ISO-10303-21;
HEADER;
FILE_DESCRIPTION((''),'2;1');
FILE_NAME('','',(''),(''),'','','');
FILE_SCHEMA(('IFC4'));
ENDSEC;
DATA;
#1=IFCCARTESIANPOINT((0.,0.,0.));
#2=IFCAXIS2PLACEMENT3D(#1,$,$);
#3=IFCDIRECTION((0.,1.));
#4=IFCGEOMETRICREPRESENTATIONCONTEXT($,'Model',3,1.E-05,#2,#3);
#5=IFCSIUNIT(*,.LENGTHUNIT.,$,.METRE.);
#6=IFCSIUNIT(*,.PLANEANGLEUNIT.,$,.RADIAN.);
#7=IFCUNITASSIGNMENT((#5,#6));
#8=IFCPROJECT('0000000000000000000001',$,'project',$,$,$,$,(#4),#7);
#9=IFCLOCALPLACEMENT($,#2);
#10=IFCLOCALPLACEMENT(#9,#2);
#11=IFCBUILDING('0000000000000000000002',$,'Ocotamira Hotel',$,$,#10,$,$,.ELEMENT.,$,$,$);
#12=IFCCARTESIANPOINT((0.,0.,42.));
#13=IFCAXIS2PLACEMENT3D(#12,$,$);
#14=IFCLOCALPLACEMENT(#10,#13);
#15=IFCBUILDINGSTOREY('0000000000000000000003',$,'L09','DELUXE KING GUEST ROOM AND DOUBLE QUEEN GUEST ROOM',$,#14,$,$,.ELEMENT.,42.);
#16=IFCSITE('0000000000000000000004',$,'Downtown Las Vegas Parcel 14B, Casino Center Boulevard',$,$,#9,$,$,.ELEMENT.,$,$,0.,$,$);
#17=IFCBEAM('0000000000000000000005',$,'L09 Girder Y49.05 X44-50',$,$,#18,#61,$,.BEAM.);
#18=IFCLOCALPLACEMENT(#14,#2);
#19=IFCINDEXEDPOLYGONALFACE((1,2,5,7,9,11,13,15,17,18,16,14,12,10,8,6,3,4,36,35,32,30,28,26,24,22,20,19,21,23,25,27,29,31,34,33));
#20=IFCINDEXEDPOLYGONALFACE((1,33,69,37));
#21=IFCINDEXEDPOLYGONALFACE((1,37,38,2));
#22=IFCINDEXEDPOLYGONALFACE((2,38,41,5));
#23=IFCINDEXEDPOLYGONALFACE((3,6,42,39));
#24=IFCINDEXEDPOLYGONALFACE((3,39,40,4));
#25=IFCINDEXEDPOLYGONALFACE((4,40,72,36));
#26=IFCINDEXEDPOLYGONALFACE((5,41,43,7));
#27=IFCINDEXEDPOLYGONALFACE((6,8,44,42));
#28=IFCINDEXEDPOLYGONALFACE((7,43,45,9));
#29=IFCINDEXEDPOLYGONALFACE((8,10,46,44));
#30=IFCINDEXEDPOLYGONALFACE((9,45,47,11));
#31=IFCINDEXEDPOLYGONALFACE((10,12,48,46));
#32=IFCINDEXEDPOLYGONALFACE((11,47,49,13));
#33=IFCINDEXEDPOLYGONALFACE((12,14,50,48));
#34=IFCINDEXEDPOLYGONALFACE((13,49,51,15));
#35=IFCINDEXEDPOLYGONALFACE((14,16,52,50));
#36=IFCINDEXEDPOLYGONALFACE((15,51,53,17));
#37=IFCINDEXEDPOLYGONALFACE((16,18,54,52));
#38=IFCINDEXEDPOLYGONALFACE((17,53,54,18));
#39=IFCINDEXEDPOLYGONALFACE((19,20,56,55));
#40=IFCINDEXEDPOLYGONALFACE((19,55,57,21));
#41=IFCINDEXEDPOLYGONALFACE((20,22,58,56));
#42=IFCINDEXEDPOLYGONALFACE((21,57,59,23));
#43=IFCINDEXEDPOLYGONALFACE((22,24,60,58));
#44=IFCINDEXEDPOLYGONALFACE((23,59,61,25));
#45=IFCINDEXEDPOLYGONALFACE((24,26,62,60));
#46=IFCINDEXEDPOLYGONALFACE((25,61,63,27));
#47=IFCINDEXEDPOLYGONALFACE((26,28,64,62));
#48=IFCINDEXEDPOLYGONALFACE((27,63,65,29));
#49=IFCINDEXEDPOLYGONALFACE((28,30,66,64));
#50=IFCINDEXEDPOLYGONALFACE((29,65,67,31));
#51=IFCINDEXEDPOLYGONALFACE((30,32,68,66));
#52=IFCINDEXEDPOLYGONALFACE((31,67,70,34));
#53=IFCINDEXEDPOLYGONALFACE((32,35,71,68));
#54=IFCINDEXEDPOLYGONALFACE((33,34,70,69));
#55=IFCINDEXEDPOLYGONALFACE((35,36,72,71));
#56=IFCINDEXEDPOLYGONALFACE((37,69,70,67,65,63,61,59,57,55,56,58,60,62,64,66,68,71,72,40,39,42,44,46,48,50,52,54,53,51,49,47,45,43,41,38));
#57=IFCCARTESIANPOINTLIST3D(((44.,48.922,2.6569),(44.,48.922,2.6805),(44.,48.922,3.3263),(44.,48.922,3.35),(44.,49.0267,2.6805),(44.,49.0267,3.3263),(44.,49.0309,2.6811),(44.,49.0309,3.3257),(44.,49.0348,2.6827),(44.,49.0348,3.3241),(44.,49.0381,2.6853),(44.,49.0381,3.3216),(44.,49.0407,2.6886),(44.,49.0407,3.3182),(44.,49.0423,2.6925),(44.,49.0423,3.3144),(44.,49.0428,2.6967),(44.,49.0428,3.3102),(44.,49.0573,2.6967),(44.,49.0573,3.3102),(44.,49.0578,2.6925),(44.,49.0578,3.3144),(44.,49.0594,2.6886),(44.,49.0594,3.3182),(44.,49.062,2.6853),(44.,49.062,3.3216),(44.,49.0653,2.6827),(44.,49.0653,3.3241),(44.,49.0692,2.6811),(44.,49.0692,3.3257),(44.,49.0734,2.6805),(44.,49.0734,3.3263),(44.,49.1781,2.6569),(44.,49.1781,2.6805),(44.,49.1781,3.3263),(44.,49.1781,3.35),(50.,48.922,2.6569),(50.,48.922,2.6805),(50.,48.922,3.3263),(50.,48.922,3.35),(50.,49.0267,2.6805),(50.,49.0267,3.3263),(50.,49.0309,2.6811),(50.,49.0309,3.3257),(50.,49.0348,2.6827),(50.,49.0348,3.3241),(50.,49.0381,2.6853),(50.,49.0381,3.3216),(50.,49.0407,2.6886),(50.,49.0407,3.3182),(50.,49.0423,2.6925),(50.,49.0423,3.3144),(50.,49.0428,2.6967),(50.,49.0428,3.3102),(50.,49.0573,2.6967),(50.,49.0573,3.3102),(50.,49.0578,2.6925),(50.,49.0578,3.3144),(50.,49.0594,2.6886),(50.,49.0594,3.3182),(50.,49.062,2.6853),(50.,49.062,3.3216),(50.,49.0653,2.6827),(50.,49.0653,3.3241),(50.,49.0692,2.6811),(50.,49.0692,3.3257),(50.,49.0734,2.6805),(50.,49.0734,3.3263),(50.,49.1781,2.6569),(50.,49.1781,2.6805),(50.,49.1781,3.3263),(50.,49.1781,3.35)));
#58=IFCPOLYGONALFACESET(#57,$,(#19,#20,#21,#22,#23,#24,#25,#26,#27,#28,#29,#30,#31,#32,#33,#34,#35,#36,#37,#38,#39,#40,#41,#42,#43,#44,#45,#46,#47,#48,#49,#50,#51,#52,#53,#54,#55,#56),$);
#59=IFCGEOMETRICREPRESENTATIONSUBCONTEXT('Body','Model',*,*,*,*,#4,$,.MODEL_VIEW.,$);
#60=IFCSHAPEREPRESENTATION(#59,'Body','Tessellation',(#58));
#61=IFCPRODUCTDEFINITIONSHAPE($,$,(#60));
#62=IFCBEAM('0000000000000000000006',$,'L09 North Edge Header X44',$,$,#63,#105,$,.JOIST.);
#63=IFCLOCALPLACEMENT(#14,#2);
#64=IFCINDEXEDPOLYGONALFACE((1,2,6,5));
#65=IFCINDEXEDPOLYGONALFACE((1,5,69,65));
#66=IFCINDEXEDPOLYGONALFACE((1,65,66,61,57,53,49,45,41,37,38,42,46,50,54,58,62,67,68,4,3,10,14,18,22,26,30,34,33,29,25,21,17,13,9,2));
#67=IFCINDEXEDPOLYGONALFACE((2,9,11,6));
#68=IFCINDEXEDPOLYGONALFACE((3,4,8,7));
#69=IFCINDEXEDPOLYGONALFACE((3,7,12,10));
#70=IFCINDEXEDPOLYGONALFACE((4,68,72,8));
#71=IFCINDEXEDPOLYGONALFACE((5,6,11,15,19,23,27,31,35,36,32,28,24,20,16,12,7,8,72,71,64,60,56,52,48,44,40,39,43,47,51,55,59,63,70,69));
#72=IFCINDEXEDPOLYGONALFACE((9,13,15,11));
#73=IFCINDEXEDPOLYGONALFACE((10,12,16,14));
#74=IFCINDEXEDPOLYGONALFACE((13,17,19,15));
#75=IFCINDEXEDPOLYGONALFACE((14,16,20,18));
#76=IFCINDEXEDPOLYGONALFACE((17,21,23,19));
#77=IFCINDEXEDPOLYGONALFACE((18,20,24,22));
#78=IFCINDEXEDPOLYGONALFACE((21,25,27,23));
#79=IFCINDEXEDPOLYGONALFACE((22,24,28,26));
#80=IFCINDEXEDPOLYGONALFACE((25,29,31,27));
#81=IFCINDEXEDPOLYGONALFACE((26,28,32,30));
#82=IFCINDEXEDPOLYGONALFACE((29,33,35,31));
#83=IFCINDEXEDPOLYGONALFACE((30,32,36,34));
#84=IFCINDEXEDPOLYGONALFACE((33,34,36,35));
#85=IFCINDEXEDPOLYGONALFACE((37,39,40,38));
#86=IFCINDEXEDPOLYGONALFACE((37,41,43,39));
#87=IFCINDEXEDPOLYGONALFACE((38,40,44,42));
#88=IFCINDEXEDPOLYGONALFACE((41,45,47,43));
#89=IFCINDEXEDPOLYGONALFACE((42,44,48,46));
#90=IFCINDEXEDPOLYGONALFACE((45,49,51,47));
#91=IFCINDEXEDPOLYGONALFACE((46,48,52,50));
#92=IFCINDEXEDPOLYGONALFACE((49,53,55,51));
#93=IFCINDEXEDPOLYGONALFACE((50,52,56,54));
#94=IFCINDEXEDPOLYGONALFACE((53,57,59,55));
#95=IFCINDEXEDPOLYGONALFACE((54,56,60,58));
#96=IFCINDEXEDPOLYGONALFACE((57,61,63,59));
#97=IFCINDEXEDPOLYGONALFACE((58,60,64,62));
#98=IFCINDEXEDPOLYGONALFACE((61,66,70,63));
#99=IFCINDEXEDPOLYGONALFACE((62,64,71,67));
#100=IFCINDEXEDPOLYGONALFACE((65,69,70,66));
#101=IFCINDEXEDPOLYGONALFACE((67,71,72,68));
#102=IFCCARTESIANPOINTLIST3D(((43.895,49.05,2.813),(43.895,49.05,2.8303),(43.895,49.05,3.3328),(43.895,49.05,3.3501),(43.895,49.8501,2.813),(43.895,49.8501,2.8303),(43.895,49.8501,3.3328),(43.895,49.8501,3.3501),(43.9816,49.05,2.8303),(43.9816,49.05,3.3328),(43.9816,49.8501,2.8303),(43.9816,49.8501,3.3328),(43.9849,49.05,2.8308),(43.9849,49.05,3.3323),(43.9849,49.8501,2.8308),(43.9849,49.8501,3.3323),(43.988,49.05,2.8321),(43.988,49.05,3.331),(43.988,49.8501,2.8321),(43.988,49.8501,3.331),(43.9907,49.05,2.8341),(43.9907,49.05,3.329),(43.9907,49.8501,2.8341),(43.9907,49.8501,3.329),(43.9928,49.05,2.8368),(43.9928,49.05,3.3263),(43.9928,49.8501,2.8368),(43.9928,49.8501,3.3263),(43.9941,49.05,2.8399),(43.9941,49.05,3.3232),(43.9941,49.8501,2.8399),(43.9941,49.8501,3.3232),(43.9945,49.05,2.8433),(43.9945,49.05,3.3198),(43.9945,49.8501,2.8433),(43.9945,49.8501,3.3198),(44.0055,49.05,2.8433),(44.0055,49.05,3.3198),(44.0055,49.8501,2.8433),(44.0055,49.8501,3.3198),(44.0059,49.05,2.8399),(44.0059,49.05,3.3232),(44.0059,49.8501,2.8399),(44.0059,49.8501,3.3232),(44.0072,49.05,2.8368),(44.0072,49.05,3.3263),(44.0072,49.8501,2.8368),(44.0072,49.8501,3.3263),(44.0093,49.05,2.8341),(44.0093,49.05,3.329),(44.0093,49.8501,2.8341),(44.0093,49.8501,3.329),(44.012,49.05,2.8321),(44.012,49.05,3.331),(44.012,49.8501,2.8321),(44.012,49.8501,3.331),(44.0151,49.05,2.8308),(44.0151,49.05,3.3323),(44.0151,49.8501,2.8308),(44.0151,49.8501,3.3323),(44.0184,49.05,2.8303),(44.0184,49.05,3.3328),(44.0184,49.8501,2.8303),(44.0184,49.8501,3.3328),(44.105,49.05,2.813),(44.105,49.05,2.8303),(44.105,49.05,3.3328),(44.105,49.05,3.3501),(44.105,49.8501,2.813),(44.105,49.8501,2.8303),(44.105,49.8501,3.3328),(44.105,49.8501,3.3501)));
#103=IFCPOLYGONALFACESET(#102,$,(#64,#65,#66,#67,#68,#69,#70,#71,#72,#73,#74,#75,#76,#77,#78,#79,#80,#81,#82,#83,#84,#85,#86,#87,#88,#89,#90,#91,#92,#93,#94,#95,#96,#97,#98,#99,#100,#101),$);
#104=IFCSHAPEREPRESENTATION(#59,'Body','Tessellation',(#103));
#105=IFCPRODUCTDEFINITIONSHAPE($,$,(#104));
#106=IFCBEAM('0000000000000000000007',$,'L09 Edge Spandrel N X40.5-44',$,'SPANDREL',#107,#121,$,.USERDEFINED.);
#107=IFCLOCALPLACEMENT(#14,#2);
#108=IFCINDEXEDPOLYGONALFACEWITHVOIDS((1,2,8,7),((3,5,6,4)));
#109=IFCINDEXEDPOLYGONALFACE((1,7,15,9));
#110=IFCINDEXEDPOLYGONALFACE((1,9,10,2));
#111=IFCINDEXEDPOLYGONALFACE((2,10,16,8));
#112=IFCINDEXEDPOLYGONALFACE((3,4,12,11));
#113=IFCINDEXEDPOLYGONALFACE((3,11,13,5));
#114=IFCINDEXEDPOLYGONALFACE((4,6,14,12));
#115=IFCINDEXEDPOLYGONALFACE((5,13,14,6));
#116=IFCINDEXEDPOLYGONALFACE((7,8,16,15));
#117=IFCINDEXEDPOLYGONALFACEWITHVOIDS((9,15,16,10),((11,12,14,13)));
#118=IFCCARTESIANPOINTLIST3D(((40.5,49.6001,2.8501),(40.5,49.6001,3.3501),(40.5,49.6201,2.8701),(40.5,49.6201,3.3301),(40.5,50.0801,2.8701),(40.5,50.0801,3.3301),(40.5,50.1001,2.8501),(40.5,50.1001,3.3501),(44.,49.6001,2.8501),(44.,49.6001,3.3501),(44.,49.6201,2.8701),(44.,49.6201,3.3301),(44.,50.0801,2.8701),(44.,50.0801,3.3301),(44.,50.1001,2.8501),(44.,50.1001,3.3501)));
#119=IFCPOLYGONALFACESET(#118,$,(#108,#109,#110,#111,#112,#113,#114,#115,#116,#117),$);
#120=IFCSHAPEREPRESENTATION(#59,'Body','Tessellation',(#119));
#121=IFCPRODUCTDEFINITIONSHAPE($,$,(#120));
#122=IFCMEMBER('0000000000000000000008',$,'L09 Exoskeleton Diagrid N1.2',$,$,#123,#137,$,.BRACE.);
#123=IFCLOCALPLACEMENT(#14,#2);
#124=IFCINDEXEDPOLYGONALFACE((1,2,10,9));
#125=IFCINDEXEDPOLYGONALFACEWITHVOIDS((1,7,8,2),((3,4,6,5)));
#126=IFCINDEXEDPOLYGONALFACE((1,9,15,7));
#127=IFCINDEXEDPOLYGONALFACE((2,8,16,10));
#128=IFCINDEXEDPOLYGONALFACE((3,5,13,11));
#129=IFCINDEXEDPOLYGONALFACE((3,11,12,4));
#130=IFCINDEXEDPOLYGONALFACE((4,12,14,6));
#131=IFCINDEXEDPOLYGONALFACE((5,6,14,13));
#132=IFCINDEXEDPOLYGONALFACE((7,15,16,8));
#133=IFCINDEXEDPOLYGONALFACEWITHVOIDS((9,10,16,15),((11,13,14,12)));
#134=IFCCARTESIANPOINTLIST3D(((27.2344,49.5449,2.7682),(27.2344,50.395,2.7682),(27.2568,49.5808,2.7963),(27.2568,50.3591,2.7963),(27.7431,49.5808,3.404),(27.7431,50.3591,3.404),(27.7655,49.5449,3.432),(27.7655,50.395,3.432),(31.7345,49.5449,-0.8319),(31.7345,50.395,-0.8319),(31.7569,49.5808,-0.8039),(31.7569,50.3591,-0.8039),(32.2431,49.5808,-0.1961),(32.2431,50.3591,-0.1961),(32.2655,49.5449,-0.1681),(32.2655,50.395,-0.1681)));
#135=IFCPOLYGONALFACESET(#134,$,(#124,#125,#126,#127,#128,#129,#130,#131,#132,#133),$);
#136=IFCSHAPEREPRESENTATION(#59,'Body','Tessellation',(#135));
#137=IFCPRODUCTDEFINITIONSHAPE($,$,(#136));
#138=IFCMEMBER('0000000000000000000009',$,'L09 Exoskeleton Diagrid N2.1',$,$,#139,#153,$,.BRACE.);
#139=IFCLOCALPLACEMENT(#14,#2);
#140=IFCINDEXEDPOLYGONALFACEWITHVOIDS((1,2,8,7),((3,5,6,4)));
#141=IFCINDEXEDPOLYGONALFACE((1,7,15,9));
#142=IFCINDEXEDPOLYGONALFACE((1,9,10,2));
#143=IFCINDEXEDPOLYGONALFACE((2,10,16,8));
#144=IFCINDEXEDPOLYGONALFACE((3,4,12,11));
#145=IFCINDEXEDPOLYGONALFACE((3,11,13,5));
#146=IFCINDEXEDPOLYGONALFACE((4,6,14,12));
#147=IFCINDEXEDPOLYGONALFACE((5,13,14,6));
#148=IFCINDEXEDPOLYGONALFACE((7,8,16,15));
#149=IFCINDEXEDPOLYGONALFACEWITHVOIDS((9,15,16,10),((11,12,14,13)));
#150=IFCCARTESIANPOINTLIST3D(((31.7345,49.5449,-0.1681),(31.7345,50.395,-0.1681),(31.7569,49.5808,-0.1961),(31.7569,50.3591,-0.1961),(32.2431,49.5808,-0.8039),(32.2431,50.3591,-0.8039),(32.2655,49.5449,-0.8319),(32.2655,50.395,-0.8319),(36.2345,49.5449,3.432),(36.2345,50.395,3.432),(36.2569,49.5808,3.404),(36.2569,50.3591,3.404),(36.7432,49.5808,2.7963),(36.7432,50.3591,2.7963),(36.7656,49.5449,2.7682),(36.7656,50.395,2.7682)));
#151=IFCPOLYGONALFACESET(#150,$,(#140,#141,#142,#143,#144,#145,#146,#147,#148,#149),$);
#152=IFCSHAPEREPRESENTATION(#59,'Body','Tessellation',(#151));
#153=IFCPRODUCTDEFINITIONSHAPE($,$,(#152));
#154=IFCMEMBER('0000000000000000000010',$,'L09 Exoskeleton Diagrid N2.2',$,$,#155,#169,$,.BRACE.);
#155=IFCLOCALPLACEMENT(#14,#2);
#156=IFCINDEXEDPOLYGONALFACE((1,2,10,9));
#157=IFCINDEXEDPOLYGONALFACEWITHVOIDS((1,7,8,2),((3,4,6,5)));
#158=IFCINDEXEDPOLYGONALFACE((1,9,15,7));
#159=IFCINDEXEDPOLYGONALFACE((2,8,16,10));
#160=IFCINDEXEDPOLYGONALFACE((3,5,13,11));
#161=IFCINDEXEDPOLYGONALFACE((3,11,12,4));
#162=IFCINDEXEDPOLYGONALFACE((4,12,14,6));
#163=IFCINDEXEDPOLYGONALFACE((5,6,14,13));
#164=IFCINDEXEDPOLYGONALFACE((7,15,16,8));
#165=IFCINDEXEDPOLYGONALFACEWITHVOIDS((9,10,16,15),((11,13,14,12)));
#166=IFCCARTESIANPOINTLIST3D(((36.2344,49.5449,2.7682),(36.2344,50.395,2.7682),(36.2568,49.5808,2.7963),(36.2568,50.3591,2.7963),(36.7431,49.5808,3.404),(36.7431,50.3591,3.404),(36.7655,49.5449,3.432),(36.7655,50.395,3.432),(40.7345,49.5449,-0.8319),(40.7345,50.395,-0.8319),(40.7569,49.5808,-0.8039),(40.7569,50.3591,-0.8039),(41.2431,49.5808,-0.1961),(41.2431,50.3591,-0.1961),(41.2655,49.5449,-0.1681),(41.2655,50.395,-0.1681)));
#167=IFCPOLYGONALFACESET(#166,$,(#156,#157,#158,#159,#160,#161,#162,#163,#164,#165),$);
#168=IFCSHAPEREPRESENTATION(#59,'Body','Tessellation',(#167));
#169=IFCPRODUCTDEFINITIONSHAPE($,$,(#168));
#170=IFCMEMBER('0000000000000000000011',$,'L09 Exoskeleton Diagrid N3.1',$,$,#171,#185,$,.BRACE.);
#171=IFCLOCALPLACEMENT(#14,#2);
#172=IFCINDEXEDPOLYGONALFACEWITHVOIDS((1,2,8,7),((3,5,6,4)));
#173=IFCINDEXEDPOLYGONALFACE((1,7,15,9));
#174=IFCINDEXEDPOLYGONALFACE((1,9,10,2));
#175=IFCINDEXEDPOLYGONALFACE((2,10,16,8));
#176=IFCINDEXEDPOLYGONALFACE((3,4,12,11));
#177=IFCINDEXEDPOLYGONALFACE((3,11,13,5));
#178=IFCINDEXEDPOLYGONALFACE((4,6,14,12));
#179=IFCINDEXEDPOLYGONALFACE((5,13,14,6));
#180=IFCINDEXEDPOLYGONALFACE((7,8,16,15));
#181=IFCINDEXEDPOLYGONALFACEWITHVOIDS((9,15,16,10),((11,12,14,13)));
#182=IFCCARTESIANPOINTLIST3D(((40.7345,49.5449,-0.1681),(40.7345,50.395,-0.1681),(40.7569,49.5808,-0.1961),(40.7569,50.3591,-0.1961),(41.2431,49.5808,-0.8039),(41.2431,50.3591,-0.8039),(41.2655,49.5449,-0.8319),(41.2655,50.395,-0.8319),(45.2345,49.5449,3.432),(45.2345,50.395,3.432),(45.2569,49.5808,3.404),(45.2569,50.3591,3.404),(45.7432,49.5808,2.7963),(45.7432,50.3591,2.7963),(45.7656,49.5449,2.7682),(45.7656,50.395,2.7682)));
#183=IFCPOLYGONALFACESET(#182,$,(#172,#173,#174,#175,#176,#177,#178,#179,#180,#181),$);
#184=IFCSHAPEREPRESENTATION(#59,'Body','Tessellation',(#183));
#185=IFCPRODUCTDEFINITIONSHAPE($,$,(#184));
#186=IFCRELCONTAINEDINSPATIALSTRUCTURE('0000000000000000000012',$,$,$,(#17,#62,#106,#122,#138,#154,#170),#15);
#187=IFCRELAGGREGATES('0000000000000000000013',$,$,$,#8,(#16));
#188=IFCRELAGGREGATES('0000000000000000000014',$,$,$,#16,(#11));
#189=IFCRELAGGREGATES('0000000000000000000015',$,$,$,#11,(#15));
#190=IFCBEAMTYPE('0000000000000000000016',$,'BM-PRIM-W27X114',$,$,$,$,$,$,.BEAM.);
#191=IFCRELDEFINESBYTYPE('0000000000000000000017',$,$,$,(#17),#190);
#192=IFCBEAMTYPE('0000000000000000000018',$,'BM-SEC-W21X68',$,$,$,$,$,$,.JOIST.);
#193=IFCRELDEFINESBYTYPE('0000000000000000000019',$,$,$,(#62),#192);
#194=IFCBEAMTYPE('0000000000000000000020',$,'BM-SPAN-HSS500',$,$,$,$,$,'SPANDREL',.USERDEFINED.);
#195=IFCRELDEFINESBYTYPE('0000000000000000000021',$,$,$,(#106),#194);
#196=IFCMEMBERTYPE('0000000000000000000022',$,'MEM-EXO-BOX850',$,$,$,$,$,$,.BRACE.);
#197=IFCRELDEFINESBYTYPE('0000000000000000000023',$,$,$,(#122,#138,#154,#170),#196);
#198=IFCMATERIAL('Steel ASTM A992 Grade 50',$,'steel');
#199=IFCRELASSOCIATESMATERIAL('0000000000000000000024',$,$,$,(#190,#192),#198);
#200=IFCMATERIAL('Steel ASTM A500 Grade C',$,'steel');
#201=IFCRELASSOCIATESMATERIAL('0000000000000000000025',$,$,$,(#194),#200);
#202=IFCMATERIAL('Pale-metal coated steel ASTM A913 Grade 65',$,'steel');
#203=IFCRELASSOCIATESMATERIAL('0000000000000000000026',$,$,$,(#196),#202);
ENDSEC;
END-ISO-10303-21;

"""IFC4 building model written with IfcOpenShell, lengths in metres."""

from ifc_helpers import new_model, si_unit, direction, frame, origin, origin_2d, place, context, subcontext, project, spatial, hollow_rectangle, i_section, extrude, source, transform, mapped, material, material_profile, profile_set, type_object, element, save


model = new_model("IFC4")

# Units and contexts
model_context = context("Model", 3, precision=1e-05, world=origin(), true_north=direction((0.0, 1.0)))
body_context = subcontext(model_context, "Body", "Model", "MODEL_VIEW")
ifc_project = project(units=[si_unit("LENGTHUNIT", "METRE"), si_unit("PLANEANGLEUNIT", "RADIAN")], contexts=[model_context])

# Site, building, storey
site_placement = place(None, origin())
site = spatial("IfcSite", under=ifc_project, at=site_placement, Name="Downtown Las Vegas Parcel 14B, Casino Center Boulevard", CompositionType="ELEMENT", RefElevation=0.0)
building_placement = place(site_placement, origin())
building = spatial("IfcBuilding", under=site, at=building_placement, Name="Ocotamira Hotel", CompositionType="ELEMENT")
storey_placement = place(building_placement, frame((0.0, 0.0, 42.0)))
storey = spatial("IfcBuildingStorey", under=building, at=storey_placement, Name="L09", Description="DELUXE KING GUEST ROOM AND DOUBLE QUEEN GUEST ROOM", CompositionType="ELEMENT", Elevation=42.0)

# Beams
ifc_material_1 = material(Name="Steel ASTM A992 Grade 50", Category="steel")
ifc_material_profile_1 = material_profile(ifc_material_1, i_section(OverallWidth=0.2561, OverallDepth=0.6931, WebThickness=0.0144, FlangeThickness=0.0237, FilletRadius=0.0161, at=origin_2d()), Name="W27X114")
ifc_profile_set_1 = profile_set([ifc_material_profile_1], Name="Steel ASTM A992 Grade 50")
beam_type_1 = type_object("IfcBeamType", Name="BM-PRIM-W27X114", PredefinedType="BEAM", material=ifc_profile_set_1)
shared_shape_1 = source(origin(), body_context, "Body", "SweptSolid", [
    extrude(i_section(OverallWidth=0.2561, OverallDepth=0.6931, WebThickness=0.0144, FlangeThickness=0.0237, FilletRadius=0.0161, at=origin_2d()), origin(), (0.0, 0.0, 1.0), 6.0),
])
beam_1_placement = place(storey_placement, frame((44.0, 49.05, 3.0034), z_axis=(1.0, 0.0, 0.0), x_axis=(0.0, 1.0, 0.0)))
element("IfcBeam", 1, at=beam_1_placement, inside=storey, type_object=beam_type_1, Name="L09 Girder Y49.05 X44-50", PredefinedType="BEAM", context=body_context, shape_type="MappedRepresentation", body=[
    mapped(shared_shape_1, transform((0.0, 0.0, 0.0), scale=1.0)),
])
ifc_material_profile_2 = material_profile(ifc_material_1, i_section(OverallWidth=0.21, OverallDepth=0.5371, WebThickness=0.011, FlangeThickness=0.0173, FilletRadius=0.0129, at=origin_2d()), Name="W21X68")
ifc_profile_set_2 = profile_set([ifc_material_profile_2], Name="Steel ASTM A992 Grade 50")
beam_type_2 = type_object("IfcBeamType", Name="BM-SEC-W21X68", PredefinedType="JOIST", material=ifc_profile_set_2)
shared_shape_2 = source(origin(), body_context, "Body", "SweptSolid", [
    extrude(i_section(OverallWidth=0.21, OverallDepth=0.5371, WebThickness=0.011, FlangeThickness=0.0173, FilletRadius=0.0129, at=origin_2d()), origin(), (0.0, 0.0, 1.0), 0.8),
])
beam_2_placement = place(storey_placement, frame((44.0, 49.05, 3.0815), z_axis=(0.0, 1.0, 0.0), x_axis=(-1.0, 0.0, 0.0)))
element("IfcBeam", 2, at=beam_2_placement, inside=storey, type_object=beam_type_2, Name="L09 North Edge Header X44", PredefinedType="JOIST", context=body_context, shape_type="MappedRepresentation", body=[
    mapped(shared_shape_2, transform((0.0, 0.0, 0.0), scale=1.0)),
])
ifc_material_2 = material(Name="Steel ASTM A500 Grade C", Category="steel")
ifc_material_profile_3 = material_profile(ifc_material_2, hollow_rectangle(XDim=0.5, YDim=0.5, WallThickness=0.02, at=origin_2d()), Name="HSS500X500X20")
ifc_profile_set_3 = profile_set([ifc_material_profile_3], Name="Steel ASTM A500 Grade C")
beam_type_3 = type_object("IfcBeamType", Name="BM-SPAN-HSS500", ElementType="SPANDREL", PredefinedType="USERDEFINED", material=ifc_profile_set_3)
shared_shape_3 = source(origin(), body_context, "Body", "SweptSolid", [
    extrude(hollow_rectangle(XDim=0.5, YDim=0.5, WallThickness=0.02, at=origin_2d()), origin(), (0.0, 0.0, 1.0), 3.5),
])
beam_3_placement = place(storey_placement, frame((40.5, 49.8501, 3.1001), z_axis=(1.0, 0.0, 0.0), x_axis=(0.0, 1.0, 0.0)))
element("IfcBeam", 3, at=beam_3_placement, inside=storey, type_object=beam_type_3, Name="L09 Edge Spandrel N X40.5-44", ObjectType="SPANDREL", PredefinedType="USERDEFINED", context=body_context, shape_type="MappedRepresentation", body=[
    mapped(shared_shape_3, transform((0.0, 0.0, 0.0), scale=1.0)),
])

# Members
ifc_material_3 = material(Name="Pale-metal coated steel ASTM A913 Grade 65", Category="steel")
ifc_material_profile_4 = material_profile(ifc_material_3, hollow_rectangle(XDim=0.8501, YDim=0.8501, WallThickness=0.0359, at=origin_2d()), Name="BOX850X850X36")
ifc_profile_set_4 = profile_set([ifc_material_profile_4], Name="Pale-metal coated steel ASTM A913 Grade 65")
member_type_1 = type_object("IfcMemberType", Name="MEM-EXO-BOX850", PredefinedType="BRACE", material=ifc_profile_set_4)
shared_shape_4 = source(origin(), body_context, "Body", "SweptSolid", [
    extrude(hollow_rectangle(XDim=0.8501, YDim=0.8501, WallThickness=0.0359, at=origin_2d()), origin(), (0.0, 0.0, 1.0), 5.7629),
])
for number, where, z_axis, x_axis, name in (
    (4, (32.0, 49.97, -0.5), (-0.780861, 0.0, 0.624705), (0.0, -1.0, 0.0), "L09 Exoskeleton Diagrid N1.2"),
    (5, (32.0, 49.97, -0.5), (0.780861, 0.0, 0.624705), (0.0, 1.0, 0.0), "L09 Exoskeleton Diagrid N2.1"),
    (6, (41.0, 49.97, -0.5), (-0.780861, 0.0, 0.624705), (0.0, -1.0, 0.0), "L09 Exoskeleton Diagrid N2.2"),
    (7, (41.0, 49.97, -0.5), (0.780861, 0.0, 0.624705), (0.0, 1.0, 0.0), "L09 Exoskeleton Diagrid N3.1"),
):
    element("IfcMember", number, at=place(storey_placement, frame(where, z_axis=z_axis, x_axis=x_axis)), inside=storey, type_object=member_type_1, Name=name, PredefinedType="BRACE", context=body_context, shape_type="MappedRepresentation", body=[
        mapped(shared_shape_4, transform((0.0, 0.0, 0.0), scale=1.0)),
    ])

save(model, "model.ifc")
